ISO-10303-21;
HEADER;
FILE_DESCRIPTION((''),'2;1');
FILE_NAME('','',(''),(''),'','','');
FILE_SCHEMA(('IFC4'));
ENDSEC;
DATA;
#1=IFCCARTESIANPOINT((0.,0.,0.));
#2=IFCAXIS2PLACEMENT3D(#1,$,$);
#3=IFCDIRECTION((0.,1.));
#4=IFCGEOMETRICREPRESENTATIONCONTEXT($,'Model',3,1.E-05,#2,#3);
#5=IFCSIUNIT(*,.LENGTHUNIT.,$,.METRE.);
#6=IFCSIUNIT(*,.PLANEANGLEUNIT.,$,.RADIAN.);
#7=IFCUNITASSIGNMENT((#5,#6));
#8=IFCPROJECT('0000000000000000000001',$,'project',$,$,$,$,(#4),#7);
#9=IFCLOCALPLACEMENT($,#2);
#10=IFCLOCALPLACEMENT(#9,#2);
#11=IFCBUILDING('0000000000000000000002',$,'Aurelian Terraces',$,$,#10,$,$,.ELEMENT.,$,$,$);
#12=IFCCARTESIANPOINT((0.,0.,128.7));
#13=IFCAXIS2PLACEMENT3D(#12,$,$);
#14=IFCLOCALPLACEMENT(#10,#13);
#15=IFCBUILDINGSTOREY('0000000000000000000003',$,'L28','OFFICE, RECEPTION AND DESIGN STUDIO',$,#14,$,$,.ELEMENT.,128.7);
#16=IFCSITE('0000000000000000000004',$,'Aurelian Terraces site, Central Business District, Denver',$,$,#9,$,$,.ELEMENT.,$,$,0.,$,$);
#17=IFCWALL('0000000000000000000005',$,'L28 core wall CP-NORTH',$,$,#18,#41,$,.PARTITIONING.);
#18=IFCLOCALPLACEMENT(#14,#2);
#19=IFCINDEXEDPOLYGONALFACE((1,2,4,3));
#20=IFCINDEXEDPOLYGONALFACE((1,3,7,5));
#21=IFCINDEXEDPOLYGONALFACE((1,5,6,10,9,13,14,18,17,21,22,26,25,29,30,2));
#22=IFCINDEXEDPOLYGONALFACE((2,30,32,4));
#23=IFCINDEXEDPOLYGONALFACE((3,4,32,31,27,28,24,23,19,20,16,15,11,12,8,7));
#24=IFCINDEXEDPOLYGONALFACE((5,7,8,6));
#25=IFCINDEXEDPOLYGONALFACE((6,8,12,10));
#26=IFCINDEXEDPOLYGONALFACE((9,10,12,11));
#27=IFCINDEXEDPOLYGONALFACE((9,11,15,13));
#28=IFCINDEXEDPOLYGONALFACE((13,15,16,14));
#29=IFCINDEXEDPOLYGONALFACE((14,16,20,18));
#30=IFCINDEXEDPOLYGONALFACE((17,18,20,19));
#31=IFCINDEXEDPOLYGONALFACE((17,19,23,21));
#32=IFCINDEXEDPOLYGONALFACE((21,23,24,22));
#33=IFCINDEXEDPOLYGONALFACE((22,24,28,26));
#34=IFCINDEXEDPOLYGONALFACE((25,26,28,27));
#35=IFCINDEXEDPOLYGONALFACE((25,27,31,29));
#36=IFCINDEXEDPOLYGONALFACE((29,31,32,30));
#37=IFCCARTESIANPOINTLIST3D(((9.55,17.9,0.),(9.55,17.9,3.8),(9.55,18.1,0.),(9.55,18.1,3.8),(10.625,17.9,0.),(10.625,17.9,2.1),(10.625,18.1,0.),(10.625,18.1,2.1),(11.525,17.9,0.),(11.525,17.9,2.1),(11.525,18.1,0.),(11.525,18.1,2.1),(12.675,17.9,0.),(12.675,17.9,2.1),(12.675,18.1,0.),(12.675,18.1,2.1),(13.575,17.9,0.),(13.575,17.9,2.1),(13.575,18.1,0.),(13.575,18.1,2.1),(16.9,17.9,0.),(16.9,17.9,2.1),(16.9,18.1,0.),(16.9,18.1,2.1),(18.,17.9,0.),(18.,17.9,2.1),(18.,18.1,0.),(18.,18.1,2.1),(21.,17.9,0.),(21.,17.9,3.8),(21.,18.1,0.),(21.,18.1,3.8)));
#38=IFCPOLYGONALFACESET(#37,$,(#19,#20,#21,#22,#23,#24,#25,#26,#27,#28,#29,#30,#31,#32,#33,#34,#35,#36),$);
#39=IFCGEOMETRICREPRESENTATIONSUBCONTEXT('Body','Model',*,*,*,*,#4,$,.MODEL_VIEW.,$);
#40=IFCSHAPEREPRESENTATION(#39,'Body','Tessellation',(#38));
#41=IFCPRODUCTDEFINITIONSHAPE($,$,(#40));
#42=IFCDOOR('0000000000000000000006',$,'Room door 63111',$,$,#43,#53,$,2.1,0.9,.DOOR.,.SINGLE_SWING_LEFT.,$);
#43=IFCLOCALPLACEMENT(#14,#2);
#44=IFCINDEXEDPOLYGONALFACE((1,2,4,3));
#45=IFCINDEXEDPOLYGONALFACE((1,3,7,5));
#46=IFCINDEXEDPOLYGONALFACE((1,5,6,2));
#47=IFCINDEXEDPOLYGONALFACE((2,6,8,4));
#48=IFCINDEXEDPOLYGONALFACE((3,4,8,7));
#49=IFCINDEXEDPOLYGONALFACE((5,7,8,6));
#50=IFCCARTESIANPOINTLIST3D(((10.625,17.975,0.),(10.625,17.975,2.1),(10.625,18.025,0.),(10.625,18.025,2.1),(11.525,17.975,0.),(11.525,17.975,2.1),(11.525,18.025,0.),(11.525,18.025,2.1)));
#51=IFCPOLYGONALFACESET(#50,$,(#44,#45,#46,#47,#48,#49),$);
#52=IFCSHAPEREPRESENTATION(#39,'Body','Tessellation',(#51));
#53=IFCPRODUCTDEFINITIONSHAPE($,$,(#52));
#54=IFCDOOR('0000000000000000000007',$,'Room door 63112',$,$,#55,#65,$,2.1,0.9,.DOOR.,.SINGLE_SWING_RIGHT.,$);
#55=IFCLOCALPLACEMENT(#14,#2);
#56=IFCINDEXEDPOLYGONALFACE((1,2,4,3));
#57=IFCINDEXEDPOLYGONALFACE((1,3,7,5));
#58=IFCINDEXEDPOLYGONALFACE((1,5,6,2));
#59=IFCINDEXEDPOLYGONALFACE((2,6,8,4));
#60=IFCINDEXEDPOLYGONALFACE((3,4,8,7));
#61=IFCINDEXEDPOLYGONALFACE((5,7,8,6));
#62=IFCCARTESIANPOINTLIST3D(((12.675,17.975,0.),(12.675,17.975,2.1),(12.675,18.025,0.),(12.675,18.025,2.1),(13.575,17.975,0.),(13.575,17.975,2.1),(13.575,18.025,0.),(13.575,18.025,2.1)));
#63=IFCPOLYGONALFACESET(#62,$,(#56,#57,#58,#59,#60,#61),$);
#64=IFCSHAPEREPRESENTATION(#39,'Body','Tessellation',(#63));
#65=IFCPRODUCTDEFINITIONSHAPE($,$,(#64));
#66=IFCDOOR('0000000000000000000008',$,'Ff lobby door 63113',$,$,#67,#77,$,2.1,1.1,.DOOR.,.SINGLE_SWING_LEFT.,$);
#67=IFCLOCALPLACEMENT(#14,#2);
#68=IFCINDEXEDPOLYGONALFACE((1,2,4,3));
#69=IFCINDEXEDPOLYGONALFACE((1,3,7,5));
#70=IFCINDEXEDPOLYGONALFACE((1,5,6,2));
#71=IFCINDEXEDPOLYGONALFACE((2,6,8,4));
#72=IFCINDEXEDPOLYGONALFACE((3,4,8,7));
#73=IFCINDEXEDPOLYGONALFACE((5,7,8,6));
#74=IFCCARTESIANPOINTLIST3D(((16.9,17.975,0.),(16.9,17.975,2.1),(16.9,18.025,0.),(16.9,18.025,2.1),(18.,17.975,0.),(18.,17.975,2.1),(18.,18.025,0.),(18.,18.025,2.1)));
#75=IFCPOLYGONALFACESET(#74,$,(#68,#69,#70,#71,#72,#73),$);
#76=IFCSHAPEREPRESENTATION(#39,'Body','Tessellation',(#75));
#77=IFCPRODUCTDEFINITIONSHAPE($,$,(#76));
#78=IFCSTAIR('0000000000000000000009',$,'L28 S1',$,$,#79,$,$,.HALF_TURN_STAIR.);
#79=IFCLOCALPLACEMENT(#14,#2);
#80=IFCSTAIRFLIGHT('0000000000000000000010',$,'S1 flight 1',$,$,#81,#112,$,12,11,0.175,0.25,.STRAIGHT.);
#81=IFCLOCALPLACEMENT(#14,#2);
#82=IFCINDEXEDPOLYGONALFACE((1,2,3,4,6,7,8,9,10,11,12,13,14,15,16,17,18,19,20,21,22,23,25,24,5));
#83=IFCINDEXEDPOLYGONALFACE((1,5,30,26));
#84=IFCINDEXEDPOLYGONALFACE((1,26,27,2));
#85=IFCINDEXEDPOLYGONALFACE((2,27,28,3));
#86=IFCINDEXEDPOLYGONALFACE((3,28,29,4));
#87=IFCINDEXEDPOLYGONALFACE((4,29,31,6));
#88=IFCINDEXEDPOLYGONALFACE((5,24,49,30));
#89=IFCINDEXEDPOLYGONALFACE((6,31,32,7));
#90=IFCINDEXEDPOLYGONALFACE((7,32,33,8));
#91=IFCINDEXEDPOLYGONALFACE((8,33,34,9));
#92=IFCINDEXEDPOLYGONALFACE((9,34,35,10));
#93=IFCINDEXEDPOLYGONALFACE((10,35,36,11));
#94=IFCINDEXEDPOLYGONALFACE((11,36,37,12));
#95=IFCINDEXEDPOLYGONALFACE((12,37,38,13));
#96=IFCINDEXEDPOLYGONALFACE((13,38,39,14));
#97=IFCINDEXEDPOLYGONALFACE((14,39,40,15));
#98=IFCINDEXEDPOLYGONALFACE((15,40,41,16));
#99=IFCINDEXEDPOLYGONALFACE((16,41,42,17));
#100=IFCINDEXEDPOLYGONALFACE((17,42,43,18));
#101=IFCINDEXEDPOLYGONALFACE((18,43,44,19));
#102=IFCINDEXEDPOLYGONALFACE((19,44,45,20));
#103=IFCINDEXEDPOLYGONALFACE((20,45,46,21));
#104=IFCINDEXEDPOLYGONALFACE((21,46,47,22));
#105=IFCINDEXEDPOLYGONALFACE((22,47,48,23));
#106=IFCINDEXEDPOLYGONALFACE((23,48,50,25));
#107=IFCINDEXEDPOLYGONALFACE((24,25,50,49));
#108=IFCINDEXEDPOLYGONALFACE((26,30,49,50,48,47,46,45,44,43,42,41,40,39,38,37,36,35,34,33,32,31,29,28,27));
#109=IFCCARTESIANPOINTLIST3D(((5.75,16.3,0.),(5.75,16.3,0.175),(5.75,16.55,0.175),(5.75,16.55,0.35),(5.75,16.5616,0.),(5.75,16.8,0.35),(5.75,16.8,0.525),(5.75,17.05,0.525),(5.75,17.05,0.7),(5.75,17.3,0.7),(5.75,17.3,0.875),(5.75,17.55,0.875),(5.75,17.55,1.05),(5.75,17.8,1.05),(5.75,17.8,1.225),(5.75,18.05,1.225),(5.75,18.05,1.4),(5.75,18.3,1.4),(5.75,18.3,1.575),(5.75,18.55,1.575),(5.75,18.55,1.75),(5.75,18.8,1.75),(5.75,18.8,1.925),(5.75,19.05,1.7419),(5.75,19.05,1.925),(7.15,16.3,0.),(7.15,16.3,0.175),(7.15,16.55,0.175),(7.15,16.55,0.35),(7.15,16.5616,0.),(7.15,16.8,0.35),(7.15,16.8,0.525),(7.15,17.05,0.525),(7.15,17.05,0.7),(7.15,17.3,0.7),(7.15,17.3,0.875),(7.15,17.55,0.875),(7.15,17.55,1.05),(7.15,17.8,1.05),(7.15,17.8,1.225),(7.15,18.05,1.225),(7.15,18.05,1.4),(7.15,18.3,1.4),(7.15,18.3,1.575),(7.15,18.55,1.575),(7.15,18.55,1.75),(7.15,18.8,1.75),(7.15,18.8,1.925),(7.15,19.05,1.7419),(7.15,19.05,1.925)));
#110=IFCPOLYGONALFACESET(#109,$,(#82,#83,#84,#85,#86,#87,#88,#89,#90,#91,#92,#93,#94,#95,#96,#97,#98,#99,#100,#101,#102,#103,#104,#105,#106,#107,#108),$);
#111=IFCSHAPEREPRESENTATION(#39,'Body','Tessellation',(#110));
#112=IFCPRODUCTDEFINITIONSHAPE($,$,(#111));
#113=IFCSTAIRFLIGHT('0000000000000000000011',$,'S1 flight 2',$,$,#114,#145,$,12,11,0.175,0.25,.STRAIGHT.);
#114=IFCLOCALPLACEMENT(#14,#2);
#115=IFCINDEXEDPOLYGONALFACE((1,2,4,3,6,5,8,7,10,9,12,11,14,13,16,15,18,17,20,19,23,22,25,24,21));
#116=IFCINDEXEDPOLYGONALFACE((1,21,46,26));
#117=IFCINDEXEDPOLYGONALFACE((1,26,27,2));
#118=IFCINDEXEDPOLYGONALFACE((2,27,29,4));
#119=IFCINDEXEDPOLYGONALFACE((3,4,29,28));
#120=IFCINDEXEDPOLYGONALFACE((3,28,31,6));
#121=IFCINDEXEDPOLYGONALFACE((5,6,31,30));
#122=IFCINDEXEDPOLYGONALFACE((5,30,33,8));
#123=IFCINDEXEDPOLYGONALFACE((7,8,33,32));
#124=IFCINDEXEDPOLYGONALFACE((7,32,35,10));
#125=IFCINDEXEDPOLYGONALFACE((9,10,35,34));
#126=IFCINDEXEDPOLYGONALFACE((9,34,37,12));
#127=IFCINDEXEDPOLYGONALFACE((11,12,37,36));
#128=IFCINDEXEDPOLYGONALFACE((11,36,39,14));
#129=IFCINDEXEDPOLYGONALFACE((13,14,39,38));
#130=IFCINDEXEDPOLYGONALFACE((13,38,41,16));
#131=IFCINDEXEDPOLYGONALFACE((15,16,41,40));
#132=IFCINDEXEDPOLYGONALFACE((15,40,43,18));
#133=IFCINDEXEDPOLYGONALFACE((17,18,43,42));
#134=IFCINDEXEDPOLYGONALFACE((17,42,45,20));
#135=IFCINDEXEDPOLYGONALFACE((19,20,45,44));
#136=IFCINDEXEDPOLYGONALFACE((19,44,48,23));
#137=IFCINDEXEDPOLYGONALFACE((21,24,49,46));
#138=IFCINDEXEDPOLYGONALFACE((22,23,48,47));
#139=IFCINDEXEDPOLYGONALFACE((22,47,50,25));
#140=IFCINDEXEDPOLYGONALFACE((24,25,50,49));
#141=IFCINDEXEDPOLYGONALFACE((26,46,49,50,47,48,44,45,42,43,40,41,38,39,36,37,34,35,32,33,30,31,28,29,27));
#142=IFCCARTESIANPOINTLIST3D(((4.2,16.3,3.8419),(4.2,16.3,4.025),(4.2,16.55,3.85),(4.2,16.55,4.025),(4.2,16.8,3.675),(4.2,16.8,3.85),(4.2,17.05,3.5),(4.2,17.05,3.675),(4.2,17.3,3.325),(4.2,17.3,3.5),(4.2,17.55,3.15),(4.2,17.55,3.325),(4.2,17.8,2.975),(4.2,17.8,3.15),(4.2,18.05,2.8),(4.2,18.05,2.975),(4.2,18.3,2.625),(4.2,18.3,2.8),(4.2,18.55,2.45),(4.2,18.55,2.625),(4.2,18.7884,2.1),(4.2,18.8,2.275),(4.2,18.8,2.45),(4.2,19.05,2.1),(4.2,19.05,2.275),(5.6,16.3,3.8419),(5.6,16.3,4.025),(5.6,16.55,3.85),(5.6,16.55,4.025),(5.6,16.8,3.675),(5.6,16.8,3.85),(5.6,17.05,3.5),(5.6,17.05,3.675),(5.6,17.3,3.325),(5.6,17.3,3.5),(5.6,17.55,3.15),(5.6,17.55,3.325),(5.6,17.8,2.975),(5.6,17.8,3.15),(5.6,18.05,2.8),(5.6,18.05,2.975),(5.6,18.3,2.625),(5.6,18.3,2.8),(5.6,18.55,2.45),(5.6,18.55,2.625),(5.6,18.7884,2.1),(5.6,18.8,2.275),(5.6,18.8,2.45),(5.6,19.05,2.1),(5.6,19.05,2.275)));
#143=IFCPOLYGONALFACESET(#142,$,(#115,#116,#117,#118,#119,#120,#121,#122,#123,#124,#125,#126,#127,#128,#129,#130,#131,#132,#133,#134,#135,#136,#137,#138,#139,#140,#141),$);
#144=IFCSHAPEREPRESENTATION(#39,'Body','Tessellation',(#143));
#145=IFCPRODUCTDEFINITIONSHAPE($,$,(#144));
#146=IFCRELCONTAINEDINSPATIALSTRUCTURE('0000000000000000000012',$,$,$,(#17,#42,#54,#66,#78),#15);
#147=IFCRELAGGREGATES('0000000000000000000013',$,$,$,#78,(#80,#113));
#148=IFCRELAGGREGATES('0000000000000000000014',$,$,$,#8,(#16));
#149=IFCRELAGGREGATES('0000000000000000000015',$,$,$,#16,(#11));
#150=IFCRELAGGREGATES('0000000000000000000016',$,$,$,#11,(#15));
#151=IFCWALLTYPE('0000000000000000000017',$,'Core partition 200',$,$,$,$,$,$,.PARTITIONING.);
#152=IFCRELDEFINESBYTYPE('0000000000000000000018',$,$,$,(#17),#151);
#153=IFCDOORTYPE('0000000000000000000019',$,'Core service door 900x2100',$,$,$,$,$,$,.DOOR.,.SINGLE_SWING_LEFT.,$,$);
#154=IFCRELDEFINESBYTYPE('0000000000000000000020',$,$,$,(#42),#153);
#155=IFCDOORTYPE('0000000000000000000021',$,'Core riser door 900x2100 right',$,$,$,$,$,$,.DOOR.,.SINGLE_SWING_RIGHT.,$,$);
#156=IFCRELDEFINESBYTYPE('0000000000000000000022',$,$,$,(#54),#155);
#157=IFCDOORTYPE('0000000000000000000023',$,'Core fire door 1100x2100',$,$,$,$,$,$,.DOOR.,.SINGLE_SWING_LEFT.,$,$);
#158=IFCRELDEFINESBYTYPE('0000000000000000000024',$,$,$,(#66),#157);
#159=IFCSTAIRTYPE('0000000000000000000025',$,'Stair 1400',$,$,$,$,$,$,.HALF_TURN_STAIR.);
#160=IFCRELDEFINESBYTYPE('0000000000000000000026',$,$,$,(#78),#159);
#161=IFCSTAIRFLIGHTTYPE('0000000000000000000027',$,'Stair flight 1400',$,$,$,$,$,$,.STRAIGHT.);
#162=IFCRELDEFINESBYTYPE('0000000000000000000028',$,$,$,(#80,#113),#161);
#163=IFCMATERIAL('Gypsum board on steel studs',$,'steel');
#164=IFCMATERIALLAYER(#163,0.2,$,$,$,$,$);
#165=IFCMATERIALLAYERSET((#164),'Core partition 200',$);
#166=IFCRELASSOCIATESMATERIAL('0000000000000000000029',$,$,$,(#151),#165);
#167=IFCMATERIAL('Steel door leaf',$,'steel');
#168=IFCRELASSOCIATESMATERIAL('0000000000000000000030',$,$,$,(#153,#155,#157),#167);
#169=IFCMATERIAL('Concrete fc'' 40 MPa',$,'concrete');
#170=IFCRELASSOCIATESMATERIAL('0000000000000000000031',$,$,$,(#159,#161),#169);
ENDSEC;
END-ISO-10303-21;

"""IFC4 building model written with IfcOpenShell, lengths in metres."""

from ifc_helpers import new_model, si_unit, direction, frame, frame_2d, origin, place, context, subcontext, project, spatial, polyline, rectangle, outline, extrude, source, transform, mapped, material, layer, layer_set, type_object, element, fill, aggregate, save


model = new_model("IFC4")

# Units and contexts
model_context = context("Model", 3, precision=1e-05, world=origin(), true_north=direction((0.0, 1.0)))
body_context = subcontext(model_context, "Body", "Model", "MODEL_VIEW")
ifc_project = project(units=[si_unit("LENGTHUNIT", "METRE"), si_unit("PLANEANGLEUNIT", "RADIAN")], contexts=[model_context])

# Site, building, storey
site_placement = place(None, origin())
site = spatial("IfcSite", under=ifc_project, at=site_placement, Name="Aurelian Terraces site, Central Business District, Denver", CompositionType="ELEMENT", RefElevation=0.0)
building_placement = place(site_placement, origin())
building = spatial("IfcBuilding", under=site, at=building_placement, Name="Aurelian Terraces", CompositionType="ELEMENT")
storey_placement = place(building_placement, frame((0.0, 0.0, 128.7)))
storey = spatial("IfcBuildingStorey", under=building, at=storey_placement, Name="L28", Description="OFFICE, RECEPTION AND DESIGN STUDIO", CompositionType="ELEMENT", Elevation=128.7)

# Shared definitions
ifc_material_1 = material(Name="Concrete fc' 40 MPa", Category="concrete")
ifc_material_2 = material(Name="Gypsum board on steel studs", Category="steel")
ifc_layer_1 = layer(ifc_material_2, 0.2)
ifc_layer_set_1 = layer_set([ifc_layer_1], Name="Core partition 200")
wall_type_1 = type_object("IfcWallType", Name="Core partition 200", PredefinedType="PARTITIONING", material=ifc_layer_set_1)

# Shared definitions
ifc_material_3 = material(Name="Steel door leaf", Category="steel")
shared_shape_1 = source(origin(), body_context, "Body", "SweptSolid", [
    extrude(rectangle(XDim=1.1, YDim=2.1, at=frame_2d((0.55, 1.05))), frame((0.0, 0.025, 0.0), z_axis=(0.0, -1.0, 0.0), x_axis=(1.0, 0.0, 0.0)), (0.0, 0.0, 1.0), 0.05),
])

# Wall, openings, doors
shared_shape_2 = source(origin(), body_context, "Body", "SweptSolid", [
    extrude(rectangle(XDim=11.45, YDim=0.2, at=frame_2d((5.725, 0.0))), origin(), (0.0, 0.0, 1.0), 3.8),
])
wall_1_placement = place(storey_placement, frame((9.55, 18.0, 0.0), z_axis=(0.0, 0.0, 1.0), x_axis=(1.0, 0.0, 0.0)))
wall_1 = element("IfcWall", 1, at=wall_1_placement, inside=storey, type_object=wall_type_1, Name="L28 core wall CP-NORTH", PredefinedType="PARTITIONING", context=body_context, shape_type="MappedRepresentation", body=[
    mapped(shared_shape_2, transform((0.0, 0.0, 0.0), scale=1.0)),
])
shared_shape_3 = source(origin(), body_context, "Body", "SweptSolid", [
    extrude(rectangle(XDim=0.9, YDim=2.1, at=frame_2d((0.45, 1.05))), frame((0.0, 0.11, 0.0), z_axis=(0.0, -1.0, 0.0), x_axis=(1.0, 0.0, 0.0)), (0.0, 0.0, 1.0), 0.22),
])
opening_1_placement = place(wall_1_placement, frame((1.075, 0.0, 0.0)))
opening_1 = element("IfcOpeningElement", 2, at=opening_1_placement, cuts=wall_1, PredefinedType="OPENING", context=body_context, shape_type="MappedRepresentation", body=[
    mapped(shared_shape_3, transform((0.0, 0.0, 0.0), scale=1.0)),
])
opening_2_placement = place(wall_1_placement, frame((3.125, 0.0, 0.0)))
opening_2 = element("IfcOpeningElement", 3, at=opening_2_placement, cuts=wall_1, PredefinedType="OPENING", context=body_context, shape_type="MappedRepresentation", body=[
    mapped(shared_shape_3, transform((0.0, 0.0, 0.0), scale=1.0)),
])
shared_shape_4 = source(origin(), body_context, "Body", "SweptSolid", [
    extrude(rectangle(XDim=1.1, YDim=2.1, at=frame_2d((0.55, 1.05))), frame((0.0, 0.11, 0.0), z_axis=(0.0, -1.0, 0.0), x_axis=(1.0, 0.0, 0.0)), (0.0, 0.0, 1.0), 0.22),
])
opening_3_placement = place(wall_1_placement, frame((7.35, 0.0, 0.0)))
opening_3 = element("IfcOpeningElement", 4, at=opening_3_placement, cuts=wall_1, PredefinedType="OPENING", context=body_context, shape_type="MappedRepresentation", body=[
    mapped(shared_shape_4, transform((0.0, 0.0, 0.0), scale=1.0)),
])
door_type_1 = type_object("IfcDoorType", Name="Core service door 900x2100", OperationType="SINGLE_SWING_LEFT", PredefinedType="DOOR", material=ifc_material_3)
shared_shape_5 = source(origin(), body_context, "Body", "SweptSolid", [
    extrude(rectangle(XDim=0.9, YDim=2.1, at=frame_2d((0.45, 1.05))), frame((0.0, 0.025, 0.0), z_axis=(0.0, -1.0, 0.0), x_axis=(1.0, 0.0, 0.0)), (0.0, 0.0, 1.0), 0.05),
])
door_1_placement = place(opening_1_placement, origin())
door_1 = element("IfcDoor", 5, at=door_1_placement, inside=storey, type_object=door_type_1, Name="Room door 63111", OperationType="SINGLE_SWING_LEFT", OverallHeight=2.1, OverallWidth=0.9, PredefinedType="DOOR", context=body_context, shape_type="MappedRepresentation", body=[
    mapped(shared_shape_5, transform((0.0, 0.0, 0.0), scale=1.0)),
])
fill(opening_1, door_1)
door_type_2 = type_object("IfcDoorType", Name="Core riser door 900x2100 right", OperationType="SINGLE_SWING_RIGHT", PredefinedType="DOOR", material=ifc_material_3)
door_2_placement = place(opening_2_placement, origin())
door_2 = element("IfcDoor", 6, at=door_2_placement, inside=storey, type_object=door_type_2, Name="Room door 63112", OperationType="SINGLE_SWING_RIGHT", OverallHeight=2.1, OverallWidth=0.9, PredefinedType="DOOR", context=body_context, shape_type="MappedRepresentation", body=[
    mapped(shared_shape_5, transform((0.0, 0.0, 0.0), scale=1.0)),
])
fill(opening_2, door_2)
door_type_3 = type_object("IfcDoorType", Name="Core fire door 1100x2100", OperationType="SINGLE_SWING_LEFT", PredefinedType="DOOR", material=ifc_material_3)
door_3_placement = place(opening_3_placement, origin())
door_3 = element("IfcDoor", 7, at=door_3_placement, inside=storey, type_object=door_type_3, Name="Ff lobby door 63113", OperationType="SINGLE_SWING_LEFT", OverallHeight=2.1, OverallWidth=1.1, PredefinedType="DOOR", context=body_context, shape_type="MappedRepresentation", body=[
    mapped(shared_shape_1, transform((0.0, 0.0, 0.0), scale=1.0)),
])
fill(opening_3, door_3)

# Stair, stair flights
stair_type = type_object("IfcStairType", Name="Stair 1400", PredefinedType="HALF_TURN_STAIR", material=ifc_material_1)
stair_placement = place(storey_placement, origin())
stair = element("IfcStair", 8, at=stair_placement, inside=storey, type_object=stair_type, Name="L28 S1", PredefinedType="HALF_TURN_STAIR")
stair_flight_type = type_object("IfcStairFlightType", Name="Stair flight 1400", PredefinedType="STRAIGHT", material=ifc_material_1)
shared_shape_6 = source(origin(), body_context, "Body", "SweptSolid", [
    extrude(outline(polyline([(0.0, 0.0), (0.0, 0.175), (0.25, 0.175), (0.25, 0.35), (0.5, 0.35), (0.5, 0.525), (0.75, 0.525), (0.75, 0.7), (1.0, 0.7), (1.0, 0.875), (1.25, 0.875), (1.25, 1.05), (1.5, 1.05), (1.5, 1.225), (1.75, 1.225), (1.75, 1.4), (2.0, 1.4), (2.0, 1.575), (2.25, 1.575), (2.25, 1.75), (2.5, 1.75), (2.5, 1.925), (2.75, 1.925), (2.75, 2.1), (2.75, 1.7419), (0.2616, 0.0), (0.0, 0.0)])), frame((0.0, 0.7, 0.0), z_axis=(0.0, -1.0, 0.0), x_axis=(1.0, 0.0, 0.0)), (0.0, 0.0, 1.0), 1.4),
])
stair_flight_1_placement = place(storey_placement, frame((6.45, 16.3, 0.0), z_axis=(0.0, 0.0, 1.0), x_axis=(0.0, 1.0, 0.0)))
stair_flight_1 = element("IfcStairFlight", 9, at=stair_flight_1_placement, type_object=stair_flight_type, Name="S1 flight 1", NumberOfRisers=12, NumberOfTreads=11, PredefinedType="STRAIGHT", RiserHeight=0.175, TreadLength=0.25, context=body_context, shape_type="MappedRepresentation", body=[
    mapped(shared_shape_6, transform((0.0, 0.0, 0.0), scale=1.0)),
])
stair_flight_2_placement = place(storey_placement, frame((4.9, 19.05, 2.1), z_axis=(0.0, 0.0, 1.0), x_axis=(0.0, -1.0, 0.0)))
stair_flight_2 = element("IfcStairFlight", 10, at=stair_flight_2_placement, type_object=stair_flight_type, Name="S1 flight 2", NumberOfRisers=12, NumberOfTreads=11, PredefinedType="STRAIGHT", RiserHeight=0.175, TreadLength=0.25, context=body_context, shape_type="MappedRepresentation", body=[
    mapped(shared_shape_6, transform((0.0, 0.0, 0.0), scale=1.0)),
])
aggregate(stair, [stair_flight_1, stair_flight_2])

save(model, "model.ifc")
